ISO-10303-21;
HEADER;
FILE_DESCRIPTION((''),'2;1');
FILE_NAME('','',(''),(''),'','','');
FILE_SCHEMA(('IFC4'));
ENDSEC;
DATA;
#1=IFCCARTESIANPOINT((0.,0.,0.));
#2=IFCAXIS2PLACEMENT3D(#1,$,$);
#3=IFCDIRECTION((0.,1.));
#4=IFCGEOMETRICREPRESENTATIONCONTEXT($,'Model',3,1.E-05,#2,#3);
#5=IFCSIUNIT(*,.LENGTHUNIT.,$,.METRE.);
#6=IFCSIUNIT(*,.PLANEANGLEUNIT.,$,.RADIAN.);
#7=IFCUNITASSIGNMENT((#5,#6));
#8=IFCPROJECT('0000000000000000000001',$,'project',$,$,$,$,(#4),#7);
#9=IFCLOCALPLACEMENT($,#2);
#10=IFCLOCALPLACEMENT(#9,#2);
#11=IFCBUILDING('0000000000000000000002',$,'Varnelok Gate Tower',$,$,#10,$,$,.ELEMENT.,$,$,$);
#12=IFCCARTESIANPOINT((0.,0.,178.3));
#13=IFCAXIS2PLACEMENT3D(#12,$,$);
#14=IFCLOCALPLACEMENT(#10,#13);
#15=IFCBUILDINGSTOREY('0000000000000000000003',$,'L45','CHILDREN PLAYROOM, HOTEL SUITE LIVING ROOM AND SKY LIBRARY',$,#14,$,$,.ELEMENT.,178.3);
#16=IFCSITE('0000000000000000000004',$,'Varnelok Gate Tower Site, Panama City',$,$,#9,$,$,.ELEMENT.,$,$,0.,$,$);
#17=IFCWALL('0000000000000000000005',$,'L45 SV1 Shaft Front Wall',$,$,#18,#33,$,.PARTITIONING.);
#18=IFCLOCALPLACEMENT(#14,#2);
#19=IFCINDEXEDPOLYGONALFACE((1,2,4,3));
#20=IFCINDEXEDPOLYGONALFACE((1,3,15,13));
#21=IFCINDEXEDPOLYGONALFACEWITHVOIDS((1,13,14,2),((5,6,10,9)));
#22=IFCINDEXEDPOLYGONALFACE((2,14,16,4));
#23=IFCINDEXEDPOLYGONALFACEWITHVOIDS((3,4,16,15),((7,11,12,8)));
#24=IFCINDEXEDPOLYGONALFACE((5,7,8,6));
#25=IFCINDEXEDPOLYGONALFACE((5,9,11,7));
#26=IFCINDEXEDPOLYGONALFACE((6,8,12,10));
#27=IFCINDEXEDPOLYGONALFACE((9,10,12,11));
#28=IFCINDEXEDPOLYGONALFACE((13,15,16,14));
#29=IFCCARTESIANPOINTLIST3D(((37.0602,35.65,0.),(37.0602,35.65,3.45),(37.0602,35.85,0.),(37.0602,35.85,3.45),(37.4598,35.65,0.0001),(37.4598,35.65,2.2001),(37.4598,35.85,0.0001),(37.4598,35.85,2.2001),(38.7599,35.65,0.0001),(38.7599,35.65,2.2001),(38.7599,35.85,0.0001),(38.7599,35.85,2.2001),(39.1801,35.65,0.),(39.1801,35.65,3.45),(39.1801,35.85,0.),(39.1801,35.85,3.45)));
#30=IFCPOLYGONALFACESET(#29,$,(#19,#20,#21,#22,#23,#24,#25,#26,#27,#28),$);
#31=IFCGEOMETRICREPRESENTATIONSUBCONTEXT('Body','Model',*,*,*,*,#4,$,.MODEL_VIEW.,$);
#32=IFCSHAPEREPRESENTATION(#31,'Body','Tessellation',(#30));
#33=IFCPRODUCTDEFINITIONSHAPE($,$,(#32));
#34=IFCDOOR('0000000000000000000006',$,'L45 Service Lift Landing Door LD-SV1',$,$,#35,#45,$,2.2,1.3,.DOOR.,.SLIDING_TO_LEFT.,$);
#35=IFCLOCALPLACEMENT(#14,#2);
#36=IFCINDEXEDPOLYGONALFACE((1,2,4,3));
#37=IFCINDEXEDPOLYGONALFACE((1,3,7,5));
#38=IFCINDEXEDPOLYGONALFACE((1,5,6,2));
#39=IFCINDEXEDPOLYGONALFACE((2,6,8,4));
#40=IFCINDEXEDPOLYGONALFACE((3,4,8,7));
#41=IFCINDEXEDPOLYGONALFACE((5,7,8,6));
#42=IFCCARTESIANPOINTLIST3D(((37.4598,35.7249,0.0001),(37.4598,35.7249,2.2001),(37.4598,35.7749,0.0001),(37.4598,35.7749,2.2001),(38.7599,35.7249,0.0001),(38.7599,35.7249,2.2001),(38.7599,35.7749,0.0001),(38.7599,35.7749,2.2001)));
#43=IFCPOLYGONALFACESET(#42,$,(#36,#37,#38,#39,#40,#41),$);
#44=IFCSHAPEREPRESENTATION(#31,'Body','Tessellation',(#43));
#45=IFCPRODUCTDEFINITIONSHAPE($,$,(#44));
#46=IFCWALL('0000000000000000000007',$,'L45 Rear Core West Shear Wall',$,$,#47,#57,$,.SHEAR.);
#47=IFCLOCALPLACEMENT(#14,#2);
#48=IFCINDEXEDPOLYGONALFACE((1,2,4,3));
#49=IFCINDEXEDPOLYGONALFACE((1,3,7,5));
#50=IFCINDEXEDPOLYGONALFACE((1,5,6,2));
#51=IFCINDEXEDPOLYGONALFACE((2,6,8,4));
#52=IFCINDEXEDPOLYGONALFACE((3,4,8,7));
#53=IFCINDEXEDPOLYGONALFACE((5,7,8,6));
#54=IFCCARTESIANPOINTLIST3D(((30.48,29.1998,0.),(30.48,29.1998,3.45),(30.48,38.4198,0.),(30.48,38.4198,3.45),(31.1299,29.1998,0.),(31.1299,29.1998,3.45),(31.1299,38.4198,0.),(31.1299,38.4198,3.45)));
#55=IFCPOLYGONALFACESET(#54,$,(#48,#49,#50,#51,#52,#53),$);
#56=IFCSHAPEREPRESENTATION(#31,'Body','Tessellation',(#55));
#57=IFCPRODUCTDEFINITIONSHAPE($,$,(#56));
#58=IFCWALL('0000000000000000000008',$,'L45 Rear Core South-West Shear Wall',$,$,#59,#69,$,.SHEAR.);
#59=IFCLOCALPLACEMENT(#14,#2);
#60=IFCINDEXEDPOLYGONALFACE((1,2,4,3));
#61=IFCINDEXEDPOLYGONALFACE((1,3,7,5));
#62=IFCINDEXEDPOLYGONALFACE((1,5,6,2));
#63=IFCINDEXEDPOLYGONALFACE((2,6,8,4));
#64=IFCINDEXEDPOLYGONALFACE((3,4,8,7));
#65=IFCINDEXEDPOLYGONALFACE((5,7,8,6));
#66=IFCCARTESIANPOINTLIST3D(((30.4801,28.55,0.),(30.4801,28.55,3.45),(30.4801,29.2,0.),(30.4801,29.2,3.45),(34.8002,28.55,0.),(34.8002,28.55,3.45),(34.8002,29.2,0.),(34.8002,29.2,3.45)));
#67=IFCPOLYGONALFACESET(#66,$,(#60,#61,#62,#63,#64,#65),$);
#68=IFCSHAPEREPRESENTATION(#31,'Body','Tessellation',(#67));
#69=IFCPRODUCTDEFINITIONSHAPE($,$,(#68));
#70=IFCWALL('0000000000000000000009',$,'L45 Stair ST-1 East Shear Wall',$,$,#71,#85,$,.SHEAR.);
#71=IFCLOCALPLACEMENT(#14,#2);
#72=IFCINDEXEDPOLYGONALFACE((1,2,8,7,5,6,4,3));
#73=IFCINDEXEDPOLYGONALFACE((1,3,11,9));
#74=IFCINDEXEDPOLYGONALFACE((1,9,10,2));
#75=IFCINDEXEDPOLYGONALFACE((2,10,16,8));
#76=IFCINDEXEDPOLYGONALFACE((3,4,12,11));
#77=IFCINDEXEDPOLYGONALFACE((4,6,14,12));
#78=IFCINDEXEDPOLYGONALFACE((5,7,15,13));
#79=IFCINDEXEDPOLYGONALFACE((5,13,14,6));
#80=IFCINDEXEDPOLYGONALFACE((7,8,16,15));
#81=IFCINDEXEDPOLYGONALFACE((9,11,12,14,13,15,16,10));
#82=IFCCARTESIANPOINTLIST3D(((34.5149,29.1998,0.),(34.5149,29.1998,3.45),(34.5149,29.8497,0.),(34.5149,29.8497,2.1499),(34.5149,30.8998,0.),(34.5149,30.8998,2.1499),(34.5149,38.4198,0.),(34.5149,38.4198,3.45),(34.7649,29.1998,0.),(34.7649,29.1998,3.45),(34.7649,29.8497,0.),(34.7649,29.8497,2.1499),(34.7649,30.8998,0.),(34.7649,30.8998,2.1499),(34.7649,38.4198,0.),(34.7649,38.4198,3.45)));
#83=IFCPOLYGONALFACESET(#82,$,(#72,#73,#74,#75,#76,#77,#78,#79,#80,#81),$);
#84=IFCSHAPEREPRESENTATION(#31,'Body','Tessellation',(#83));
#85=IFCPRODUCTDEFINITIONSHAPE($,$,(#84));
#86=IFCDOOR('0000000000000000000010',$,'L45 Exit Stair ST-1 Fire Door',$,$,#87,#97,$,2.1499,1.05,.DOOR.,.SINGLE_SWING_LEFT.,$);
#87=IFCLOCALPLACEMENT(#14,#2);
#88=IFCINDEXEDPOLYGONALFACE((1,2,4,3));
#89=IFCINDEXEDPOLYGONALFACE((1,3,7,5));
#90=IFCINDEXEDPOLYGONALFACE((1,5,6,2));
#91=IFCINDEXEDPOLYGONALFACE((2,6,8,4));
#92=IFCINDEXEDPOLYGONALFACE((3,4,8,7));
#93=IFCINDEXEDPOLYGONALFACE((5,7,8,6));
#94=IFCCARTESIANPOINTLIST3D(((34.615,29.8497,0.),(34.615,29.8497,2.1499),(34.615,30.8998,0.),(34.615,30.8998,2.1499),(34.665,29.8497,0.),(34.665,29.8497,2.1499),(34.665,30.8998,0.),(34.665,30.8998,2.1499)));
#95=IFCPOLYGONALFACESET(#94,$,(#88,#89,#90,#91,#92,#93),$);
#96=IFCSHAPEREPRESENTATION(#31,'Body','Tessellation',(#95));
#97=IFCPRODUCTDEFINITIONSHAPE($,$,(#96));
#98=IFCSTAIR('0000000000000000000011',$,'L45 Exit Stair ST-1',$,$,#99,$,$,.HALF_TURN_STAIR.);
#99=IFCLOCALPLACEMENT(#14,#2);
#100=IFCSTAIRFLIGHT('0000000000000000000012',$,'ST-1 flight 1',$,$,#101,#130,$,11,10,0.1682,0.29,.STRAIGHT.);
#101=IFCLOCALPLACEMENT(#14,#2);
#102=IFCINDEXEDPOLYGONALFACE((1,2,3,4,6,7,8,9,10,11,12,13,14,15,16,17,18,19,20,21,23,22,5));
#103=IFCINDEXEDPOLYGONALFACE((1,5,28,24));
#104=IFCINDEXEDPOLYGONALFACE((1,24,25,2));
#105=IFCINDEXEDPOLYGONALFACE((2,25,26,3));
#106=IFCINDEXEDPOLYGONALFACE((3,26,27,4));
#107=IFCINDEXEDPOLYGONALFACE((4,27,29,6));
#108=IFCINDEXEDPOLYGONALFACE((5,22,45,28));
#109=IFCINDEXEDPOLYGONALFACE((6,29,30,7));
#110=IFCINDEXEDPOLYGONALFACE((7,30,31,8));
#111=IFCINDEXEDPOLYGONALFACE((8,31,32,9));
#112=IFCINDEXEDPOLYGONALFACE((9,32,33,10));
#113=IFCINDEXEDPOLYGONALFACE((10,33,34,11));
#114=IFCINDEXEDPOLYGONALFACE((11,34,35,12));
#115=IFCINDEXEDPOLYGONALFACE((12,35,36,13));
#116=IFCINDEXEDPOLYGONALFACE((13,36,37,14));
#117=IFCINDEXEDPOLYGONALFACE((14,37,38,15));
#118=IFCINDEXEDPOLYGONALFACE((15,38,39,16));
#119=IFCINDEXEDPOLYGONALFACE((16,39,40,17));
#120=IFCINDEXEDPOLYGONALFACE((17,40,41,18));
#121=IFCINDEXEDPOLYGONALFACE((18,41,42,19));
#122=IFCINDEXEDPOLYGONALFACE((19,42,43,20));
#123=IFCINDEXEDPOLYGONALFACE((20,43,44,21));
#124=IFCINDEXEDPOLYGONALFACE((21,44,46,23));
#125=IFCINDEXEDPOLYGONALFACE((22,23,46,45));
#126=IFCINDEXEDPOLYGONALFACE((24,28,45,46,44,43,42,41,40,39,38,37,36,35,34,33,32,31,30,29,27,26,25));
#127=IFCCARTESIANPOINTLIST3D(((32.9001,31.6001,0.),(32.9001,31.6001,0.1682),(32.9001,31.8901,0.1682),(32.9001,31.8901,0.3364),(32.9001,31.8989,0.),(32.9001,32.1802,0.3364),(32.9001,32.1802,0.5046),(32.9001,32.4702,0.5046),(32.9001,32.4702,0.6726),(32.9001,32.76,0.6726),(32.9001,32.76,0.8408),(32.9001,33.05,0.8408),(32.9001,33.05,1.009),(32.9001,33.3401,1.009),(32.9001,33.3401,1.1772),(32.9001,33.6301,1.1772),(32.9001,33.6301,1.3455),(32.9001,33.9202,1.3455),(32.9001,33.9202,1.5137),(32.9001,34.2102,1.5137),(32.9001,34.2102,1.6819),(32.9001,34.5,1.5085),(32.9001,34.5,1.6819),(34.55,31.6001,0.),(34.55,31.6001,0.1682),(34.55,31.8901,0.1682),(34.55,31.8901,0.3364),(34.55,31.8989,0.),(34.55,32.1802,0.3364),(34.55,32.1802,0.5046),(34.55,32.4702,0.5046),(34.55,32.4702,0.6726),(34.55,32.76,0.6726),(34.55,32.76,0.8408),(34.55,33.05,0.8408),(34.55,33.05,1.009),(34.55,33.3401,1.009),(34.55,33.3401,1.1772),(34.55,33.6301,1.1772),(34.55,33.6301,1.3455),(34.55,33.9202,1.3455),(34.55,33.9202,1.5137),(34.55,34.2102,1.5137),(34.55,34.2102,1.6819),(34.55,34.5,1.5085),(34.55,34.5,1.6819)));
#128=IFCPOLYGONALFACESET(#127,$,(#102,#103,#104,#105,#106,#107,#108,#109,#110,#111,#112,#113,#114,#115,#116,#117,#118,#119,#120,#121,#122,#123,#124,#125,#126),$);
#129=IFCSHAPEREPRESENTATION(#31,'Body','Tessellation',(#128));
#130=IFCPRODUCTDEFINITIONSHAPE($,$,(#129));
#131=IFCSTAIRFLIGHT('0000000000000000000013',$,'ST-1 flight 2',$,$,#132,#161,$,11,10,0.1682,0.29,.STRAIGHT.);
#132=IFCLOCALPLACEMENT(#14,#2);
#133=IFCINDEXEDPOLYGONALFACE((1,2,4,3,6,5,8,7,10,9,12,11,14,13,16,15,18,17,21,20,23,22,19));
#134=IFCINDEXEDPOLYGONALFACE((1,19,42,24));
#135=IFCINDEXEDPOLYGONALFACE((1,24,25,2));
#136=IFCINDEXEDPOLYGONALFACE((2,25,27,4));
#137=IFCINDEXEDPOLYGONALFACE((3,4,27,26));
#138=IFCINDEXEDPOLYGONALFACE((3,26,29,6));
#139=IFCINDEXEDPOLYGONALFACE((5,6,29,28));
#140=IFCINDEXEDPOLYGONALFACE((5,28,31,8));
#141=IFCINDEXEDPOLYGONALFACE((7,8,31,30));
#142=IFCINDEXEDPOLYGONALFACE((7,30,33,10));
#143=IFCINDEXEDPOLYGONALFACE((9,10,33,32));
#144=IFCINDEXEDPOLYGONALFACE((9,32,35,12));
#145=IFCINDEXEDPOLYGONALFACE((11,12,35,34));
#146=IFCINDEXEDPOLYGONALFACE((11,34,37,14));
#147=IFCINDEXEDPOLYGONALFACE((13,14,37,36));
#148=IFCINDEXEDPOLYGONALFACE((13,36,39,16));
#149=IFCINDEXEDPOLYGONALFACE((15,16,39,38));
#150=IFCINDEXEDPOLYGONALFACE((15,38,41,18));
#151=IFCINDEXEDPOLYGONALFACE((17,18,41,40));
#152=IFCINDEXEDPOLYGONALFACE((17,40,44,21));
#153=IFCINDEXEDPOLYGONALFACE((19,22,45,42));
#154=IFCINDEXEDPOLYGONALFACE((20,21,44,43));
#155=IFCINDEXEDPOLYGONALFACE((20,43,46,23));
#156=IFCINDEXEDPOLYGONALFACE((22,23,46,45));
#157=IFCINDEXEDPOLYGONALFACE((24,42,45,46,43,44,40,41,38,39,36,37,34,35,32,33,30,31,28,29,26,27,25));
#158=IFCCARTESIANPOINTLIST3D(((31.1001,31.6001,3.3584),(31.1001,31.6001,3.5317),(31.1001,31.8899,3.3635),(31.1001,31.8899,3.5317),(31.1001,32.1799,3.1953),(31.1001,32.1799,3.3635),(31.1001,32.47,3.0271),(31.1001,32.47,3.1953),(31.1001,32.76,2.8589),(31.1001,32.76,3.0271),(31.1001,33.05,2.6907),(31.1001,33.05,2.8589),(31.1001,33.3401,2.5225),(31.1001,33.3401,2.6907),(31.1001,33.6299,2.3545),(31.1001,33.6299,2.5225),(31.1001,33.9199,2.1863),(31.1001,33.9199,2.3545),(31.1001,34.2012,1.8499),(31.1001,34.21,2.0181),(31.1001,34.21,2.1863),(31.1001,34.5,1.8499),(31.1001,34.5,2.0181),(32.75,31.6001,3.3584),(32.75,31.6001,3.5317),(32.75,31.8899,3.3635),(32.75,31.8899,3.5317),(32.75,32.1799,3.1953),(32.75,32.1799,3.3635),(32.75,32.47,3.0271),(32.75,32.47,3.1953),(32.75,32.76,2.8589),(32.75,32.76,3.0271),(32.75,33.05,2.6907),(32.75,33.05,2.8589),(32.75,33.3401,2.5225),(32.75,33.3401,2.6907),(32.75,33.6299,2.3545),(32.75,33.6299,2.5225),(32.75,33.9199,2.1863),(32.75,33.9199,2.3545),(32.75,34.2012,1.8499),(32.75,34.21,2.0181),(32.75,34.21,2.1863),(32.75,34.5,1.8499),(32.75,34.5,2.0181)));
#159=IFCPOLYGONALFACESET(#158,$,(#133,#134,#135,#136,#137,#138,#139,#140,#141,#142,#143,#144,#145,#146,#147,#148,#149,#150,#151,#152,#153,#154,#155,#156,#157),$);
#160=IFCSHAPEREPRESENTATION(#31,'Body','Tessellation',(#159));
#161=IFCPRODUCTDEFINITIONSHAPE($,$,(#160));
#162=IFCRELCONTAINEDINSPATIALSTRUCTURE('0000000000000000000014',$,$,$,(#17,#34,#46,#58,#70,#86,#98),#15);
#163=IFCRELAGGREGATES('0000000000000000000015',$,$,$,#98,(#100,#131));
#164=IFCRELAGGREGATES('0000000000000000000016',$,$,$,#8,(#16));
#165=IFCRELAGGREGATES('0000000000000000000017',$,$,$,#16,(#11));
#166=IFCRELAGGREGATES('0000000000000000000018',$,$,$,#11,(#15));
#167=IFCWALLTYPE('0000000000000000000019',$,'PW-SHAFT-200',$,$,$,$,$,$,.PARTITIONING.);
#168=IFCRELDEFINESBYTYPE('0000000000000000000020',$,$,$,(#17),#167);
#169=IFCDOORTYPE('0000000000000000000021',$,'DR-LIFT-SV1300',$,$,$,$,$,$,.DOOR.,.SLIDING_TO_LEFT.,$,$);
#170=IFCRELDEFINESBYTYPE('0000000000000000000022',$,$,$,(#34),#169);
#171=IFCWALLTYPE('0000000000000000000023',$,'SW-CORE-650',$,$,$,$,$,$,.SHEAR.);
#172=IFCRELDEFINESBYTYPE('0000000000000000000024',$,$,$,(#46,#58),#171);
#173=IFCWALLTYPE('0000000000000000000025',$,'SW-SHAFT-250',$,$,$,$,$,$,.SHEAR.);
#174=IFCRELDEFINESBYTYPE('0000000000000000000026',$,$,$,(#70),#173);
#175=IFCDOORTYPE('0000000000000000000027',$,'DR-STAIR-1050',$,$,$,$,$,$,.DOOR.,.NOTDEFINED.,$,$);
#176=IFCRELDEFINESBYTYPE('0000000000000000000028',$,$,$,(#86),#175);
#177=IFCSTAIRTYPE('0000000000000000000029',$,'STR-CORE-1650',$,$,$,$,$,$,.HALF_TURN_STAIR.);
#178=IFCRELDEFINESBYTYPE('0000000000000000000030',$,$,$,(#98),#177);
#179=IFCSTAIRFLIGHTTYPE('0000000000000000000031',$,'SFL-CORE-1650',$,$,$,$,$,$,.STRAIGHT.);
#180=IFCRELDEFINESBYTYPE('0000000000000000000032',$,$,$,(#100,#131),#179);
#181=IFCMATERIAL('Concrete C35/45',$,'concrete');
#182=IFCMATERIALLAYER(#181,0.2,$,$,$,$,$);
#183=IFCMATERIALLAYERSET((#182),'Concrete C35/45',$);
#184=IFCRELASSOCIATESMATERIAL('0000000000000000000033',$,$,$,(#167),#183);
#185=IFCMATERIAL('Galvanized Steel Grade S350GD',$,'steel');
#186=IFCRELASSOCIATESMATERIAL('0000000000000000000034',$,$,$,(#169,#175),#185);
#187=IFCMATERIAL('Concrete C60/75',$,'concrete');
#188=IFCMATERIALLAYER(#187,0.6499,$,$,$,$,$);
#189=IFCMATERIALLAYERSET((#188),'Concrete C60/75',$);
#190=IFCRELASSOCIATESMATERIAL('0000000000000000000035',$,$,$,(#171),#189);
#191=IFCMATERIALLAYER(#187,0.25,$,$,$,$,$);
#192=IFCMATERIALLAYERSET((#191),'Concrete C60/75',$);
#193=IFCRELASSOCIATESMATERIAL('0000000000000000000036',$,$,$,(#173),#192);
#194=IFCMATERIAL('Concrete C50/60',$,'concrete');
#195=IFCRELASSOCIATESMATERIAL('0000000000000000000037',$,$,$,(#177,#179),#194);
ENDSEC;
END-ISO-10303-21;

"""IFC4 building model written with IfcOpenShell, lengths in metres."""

from ifc_helpers import new_model, si_unit, direction, frame, frame_2d, origin, place, context, subcontext, project, spatial, polyline, rectangle, outline, extrude, material, layer, layer_set, type_object, element, fill, aggregate, save


model = new_model("IFC4")

# Units and contexts
model_context = context("Model", 3, precision=1e-05, world=origin(), true_north=direction((0.0, 1.0)))
body_context = subcontext(model_context, "Body", "Model", "MODEL_VIEW")
ifc_project = project(units=[si_unit("LENGTHUNIT", "METRE"), si_unit("PLANEANGLEUNIT", "RADIAN")], contexts=[model_context])

# Site, building, storey
site_placement = place(None, origin())
site = spatial("IfcSite", under=ifc_project, at=site_placement, Name="Varnelok Gate Tower Site, Panama City", CompositionType="ELEMENT", RefElevation=0.0)
building_placement = place(site_placement, origin())
building = spatial("IfcBuilding", under=site, at=building_placement, Name="Varnelok Gate Tower", CompositionType="ELEMENT")
storey_placement = place(building_placement, frame((0.0, 0.0, 178.3)))
storey = spatial("IfcBuildingStorey", under=building, at=storey_placement, Name="L45", Description="CHILDREN PLAYROOM, HOTEL SUITE LIVING ROOM AND SKY LIBRARY", CompositionType="ELEMENT", Elevation=178.3)

# Shared definitions
ifc_material_1 = material(Name="Concrete C60/75", Category="concrete")

# Shared definitions
ifc_material_2 = material(Name="Galvanized Steel Grade S350GD", Category="steel")

# Shared definitions
ifc_material_3 = material(Name="Concrete C35/45", Category="concrete")
ifc_layer_1 = layer(ifc_material_3, 0.2)
ifc_layer_set_1 = layer_set([ifc_layer_1], Name="Concrete C35/45")
wall_type_1 = type_object("IfcWallType", Name="PW-SHAFT-200", PredefinedType="PARTITIONING", material=ifc_layer_set_1)

# Wall, opening, door
wall_1_placement = place(storey_placement, frame((37.0601, 35.75, 0.0), z_axis=(0.0, 0.0, 1.0), x_axis=(1.0, 0.0, 0.0)))
wall_1 = element("IfcWall", 1, at=wall_1_placement, inside=storey, type_object=wall_type_1, Name="L45 SV1 Shaft Front Wall", PredefinedType="PARTITIONING", context=body_context, shape_type="SweptSolid", body=[
    extrude(rectangle(XDim=2.1199, YDim=0.2, at=frame_2d((1.0601, 0.0))), origin(), (0.0, 0.0, 1.0), 3.45),
])
opening_1_placement = place(wall_1_placement, frame((0.3999, 0.0, 0.0)))
opening_1 = element("IfcOpeningElement", 2, at=opening_1_placement, cuts=wall_1, PredefinedType="OPENING", context=body_context, shape_type="SweptSolid", body=[
    extrude(rectangle(XDim=1.3, YDim=2.2, at=frame_2d((0.6499, 1.1001))), frame((0.0, 0.1099, 0.0), z_axis=(0.0, -1.0, 0.0), x_axis=(1.0, 0.0, 0.0)), (0.0, 0.0, 1.0), 0.22),
])
door_type_1 = type_object("IfcDoorType", Name="DR-LIFT-SV1300", OperationType="SLIDING_TO_LEFT", PredefinedType="DOOR", material=ifc_material_2)
door_1_placement = place(opening_1_placement, origin())
door_1 = element("IfcDoor", 3, at=door_1_placement, inside=storey, type_object=door_type_1, Name="L45 Service Lift Landing Door LD-SV1", OperationType="SLIDING_TO_LEFT", OverallHeight=2.2, OverallWidth=1.3, PredefinedType="DOOR", context=body_context, shape_type="SweptSolid", body=[
    extrude(rectangle(XDim=1.3, YDim=2.2, at=frame_2d((0.6499, 1.1001))), frame((0.0, 0.0249, 0.0), z_axis=(0.0, -1.0, 0.0), x_axis=(1.0, 0.0, 0.0)), (0.0, 0.0, 1.0), 0.05),
])
fill(opening_1, door_1)

# Walls
ifc_layer_2 = layer(ifc_material_1, 0.6499)
ifc_layer_set_2 = layer_set([ifc_layer_2], Name="Concrete C60/75")
wall_type_2 = type_object("IfcWallType", Name="SW-CORE-650", PredefinedType="SHEAR", material=ifc_layer_set_2)
wall_2_placement = place(storey_placement, frame((30.8049, 29.2, 0.0), z_axis=(0.0, 0.0, 1.0), x_axis=(0.0, 1.0, 0.0)))
element("IfcWall", 4, at=wall_2_placement, inside=storey, type_object=wall_type_2, Name="L45 Rear Core West Shear Wall", PredefinedType="SHEAR", context=body_context, shape_type="SweptSolid", body=[
    extrude(rectangle(XDim=9.22, YDim=0.6499, at=frame_2d((4.6099, 0.0))), origin(), (0.0, 0.0, 1.0), 3.45),
])
wall_3_placement = place(storey_placement, frame((30.48, 28.875, 0.0), z_axis=(0.0, 0.0, 1.0), x_axis=(1.0, 0.0, 0.0)))
element("IfcWall", 5, at=wall_3_placement, inside=storey, type_object=wall_type_2, Name="L45 Rear Core South-West Shear Wall", PredefinedType="SHEAR", context=body_context, shape_type="SweptSolid", body=[
    extrude(rectangle(XDim=4.3201, YDim=0.6499, at=frame_2d((2.1602, 0.0))), origin(), (0.0, 0.0, 1.0), 3.45),
])

# Wall, opening, door
ifc_layer_3 = layer(ifc_material_1, 0.25)
ifc_layer_set_3 = layer_set([ifc_layer_3], Name="Concrete C60/75")
wall_type_3 = type_object("IfcWallType", Name="SW-SHAFT-250", PredefinedType="SHEAR", material=ifc_layer_set_3)
wall_4_placement = place(storey_placement, frame((34.6399, 29.2, 0.0), z_axis=(0.0, 0.0, 1.0), x_axis=(0.0, 1.0, 0.0)))
wall_4 = element("IfcWall", 6, at=wall_4_placement, inside=storey, type_object=wall_type_3, Name="L45 Stair ST-1 East Shear Wall", PredefinedType="SHEAR", context=body_context, shape_type="SweptSolid", body=[
    extrude(rectangle(XDim=9.22, YDim=0.25, at=frame_2d((4.6099, 0.0))), origin(), (0.0, 0.0, 1.0), 3.45),
])
opening_2_placement = place(wall_4_placement, frame((0.6499, 0.0, 0.0)))
opening_2 = element("IfcOpeningElement", 7, at=opening_2_placement, cuts=wall_4, PredefinedType="OPENING", context=body_context, shape_type="SweptSolid", body=[
    extrude(rectangle(XDim=1.05, YDim=2.1499, at=frame_2d((0.5249, 1.075))), frame((0.0, 0.135, 0.0), z_axis=(0.0, -1.0, 0.0), x_axis=(1.0, 0.0, 0.0)), (0.0, 0.0, 1.0), 0.27),
])
door_type_2 = type_object("IfcDoorType", Name="DR-STAIR-1050", OperationType="NOTDEFINED", PredefinedType="DOOR", material=ifc_material_2)
door_2_placement = place(opening_2_placement, origin())
door_2 = element("IfcDoor", 8, at=door_2_placement, inside=storey, type_object=door_type_2, Name="L45 Exit Stair ST-1 Fire Door", OperationType="SINGLE_SWING_LEFT", OverallHeight=2.1499, OverallWidth=1.05, PredefinedType="DOOR", context=body_context, shape_type="SweptSolid", body=[
    extrude(rectangle(XDim=1.05, YDim=2.1499, at=frame_2d((0.5249, 1.075))), frame((0.0, 0.0249, 0.0), z_axis=(0.0, -1.0, 0.0), x_axis=(1.0, 0.0, 0.0)), (0.0, 0.0, 1.0), 0.05),
])
fill(opening_2, door_2)

# Stair, stair flights
ifc_material_4 = material(Name="Concrete C50/60", Category="concrete")
stair_type = type_object("IfcStairType", Name="STR-CORE-1650", PredefinedType="HALF_TURN_STAIR", material=ifc_material_4)
stair_placement = place(storey_placement, origin())
stair = element("IfcStair", 9, at=stair_placement, inside=storey, type_object=stair_type, Name="L45 Exit Stair ST-1", PredefinedType="HALF_TURN_STAIR")
stair_flight_type = type_object("IfcStairFlightType", Name="SFL-CORE-1650", PredefinedType="STRAIGHT", material=ifc_material_4)
stair_flight_1_placement = place(storey_placement, frame((33.7251, 31.6001, 0.0), z_axis=(0.0, 0.0, 1.0), x_axis=(0.0, 1.0, 0.0)))
stair_flight_1 = element("IfcStairFlight", 10, at=stair_flight_1_placement, type_object=stair_flight_type, Name="ST-1 flight 1", NumberOfRisers=11, NumberOfTreads=10, PredefinedType="STRAIGHT", RiserHeight=0.1682, TreadLength=0.29, context=body_context, shape_type="SweptSolid", body=[
    extrude(outline(polyline([(0.0, 0.0), (0.0, 0.1682), (0.29, 0.1682), (0.29, 0.3364), (0.5801, 0.3364), (0.5801, 0.5046), (0.8701, 0.5046), (0.8701, 0.6726), (1.1599, 0.6726), (1.1599, 0.8408), (1.45, 0.8408), (1.45, 1.009), (1.74, 1.009), (1.74, 1.1772), (2.03, 1.1772), (2.03, 1.3455), (2.3201, 1.3455), (2.3201, 1.5137), (2.6101, 1.5137), (2.6101, 1.6819), (2.8999, 1.6819), (2.8999, 1.8501), (2.8999, 1.5085), (0.2988, 0.0), (0.0, 0.0)])), frame((0.0, 0.825, 0.0), z_axis=(0.0, -1.0, 0.0), x_axis=(1.0, 0.0, 0.0)), (0.0, 0.0, 1.0), 1.6499),
])
stair_flight_2_placement = place(storey_placement, frame((31.925, 34.5, 1.8499), z_axis=(0.0, 0.0, 1.0), x_axis=(0.0, -1.0, 0.0)))
stair_flight_2 = element("IfcStairFlight", 11, at=stair_flight_2_placement, type_object=stair_flight_type, Name="ST-1 flight 2", NumberOfRisers=11, NumberOfTreads=10, PredefinedType="STRAIGHT", RiserHeight=0.1682, TreadLength=0.29, context=body_context, shape_type="SweptSolid", body=[
    extrude(outline(polyline([(0.0, 0.0), (0.0, 0.1682), (0.29, 0.1682), (0.29, 0.3364), (0.5801, 0.3364), (0.5801, 0.5046), (0.8701, 0.5046), (0.8701, 0.6726), (1.1599, 0.6726), (1.1599, 0.8408), (1.45, 0.8408), (1.45, 1.009), (1.74, 1.009), (1.74, 1.1772), (2.03, 1.1772), (2.03, 1.3455), (2.3201, 1.3455), (2.3201, 1.5137), (2.6101, 1.5137), (2.6101, 1.6819), (2.8999, 1.6819), (2.8999, 1.8501), (2.8999, 1.5085), (0.2988, 0.0), (0.0, 0.0)])), frame((0.0, 0.825, 0.0), z_axis=(0.0, -1.0, 0.0), x_axis=(1.0, 0.0, 0.0)), (0.0, 0.0, 1.0), 1.6499),
])
aggregate(stair, [stair_flight_1, stair_flight_2])

save(model, "model.ifc")
